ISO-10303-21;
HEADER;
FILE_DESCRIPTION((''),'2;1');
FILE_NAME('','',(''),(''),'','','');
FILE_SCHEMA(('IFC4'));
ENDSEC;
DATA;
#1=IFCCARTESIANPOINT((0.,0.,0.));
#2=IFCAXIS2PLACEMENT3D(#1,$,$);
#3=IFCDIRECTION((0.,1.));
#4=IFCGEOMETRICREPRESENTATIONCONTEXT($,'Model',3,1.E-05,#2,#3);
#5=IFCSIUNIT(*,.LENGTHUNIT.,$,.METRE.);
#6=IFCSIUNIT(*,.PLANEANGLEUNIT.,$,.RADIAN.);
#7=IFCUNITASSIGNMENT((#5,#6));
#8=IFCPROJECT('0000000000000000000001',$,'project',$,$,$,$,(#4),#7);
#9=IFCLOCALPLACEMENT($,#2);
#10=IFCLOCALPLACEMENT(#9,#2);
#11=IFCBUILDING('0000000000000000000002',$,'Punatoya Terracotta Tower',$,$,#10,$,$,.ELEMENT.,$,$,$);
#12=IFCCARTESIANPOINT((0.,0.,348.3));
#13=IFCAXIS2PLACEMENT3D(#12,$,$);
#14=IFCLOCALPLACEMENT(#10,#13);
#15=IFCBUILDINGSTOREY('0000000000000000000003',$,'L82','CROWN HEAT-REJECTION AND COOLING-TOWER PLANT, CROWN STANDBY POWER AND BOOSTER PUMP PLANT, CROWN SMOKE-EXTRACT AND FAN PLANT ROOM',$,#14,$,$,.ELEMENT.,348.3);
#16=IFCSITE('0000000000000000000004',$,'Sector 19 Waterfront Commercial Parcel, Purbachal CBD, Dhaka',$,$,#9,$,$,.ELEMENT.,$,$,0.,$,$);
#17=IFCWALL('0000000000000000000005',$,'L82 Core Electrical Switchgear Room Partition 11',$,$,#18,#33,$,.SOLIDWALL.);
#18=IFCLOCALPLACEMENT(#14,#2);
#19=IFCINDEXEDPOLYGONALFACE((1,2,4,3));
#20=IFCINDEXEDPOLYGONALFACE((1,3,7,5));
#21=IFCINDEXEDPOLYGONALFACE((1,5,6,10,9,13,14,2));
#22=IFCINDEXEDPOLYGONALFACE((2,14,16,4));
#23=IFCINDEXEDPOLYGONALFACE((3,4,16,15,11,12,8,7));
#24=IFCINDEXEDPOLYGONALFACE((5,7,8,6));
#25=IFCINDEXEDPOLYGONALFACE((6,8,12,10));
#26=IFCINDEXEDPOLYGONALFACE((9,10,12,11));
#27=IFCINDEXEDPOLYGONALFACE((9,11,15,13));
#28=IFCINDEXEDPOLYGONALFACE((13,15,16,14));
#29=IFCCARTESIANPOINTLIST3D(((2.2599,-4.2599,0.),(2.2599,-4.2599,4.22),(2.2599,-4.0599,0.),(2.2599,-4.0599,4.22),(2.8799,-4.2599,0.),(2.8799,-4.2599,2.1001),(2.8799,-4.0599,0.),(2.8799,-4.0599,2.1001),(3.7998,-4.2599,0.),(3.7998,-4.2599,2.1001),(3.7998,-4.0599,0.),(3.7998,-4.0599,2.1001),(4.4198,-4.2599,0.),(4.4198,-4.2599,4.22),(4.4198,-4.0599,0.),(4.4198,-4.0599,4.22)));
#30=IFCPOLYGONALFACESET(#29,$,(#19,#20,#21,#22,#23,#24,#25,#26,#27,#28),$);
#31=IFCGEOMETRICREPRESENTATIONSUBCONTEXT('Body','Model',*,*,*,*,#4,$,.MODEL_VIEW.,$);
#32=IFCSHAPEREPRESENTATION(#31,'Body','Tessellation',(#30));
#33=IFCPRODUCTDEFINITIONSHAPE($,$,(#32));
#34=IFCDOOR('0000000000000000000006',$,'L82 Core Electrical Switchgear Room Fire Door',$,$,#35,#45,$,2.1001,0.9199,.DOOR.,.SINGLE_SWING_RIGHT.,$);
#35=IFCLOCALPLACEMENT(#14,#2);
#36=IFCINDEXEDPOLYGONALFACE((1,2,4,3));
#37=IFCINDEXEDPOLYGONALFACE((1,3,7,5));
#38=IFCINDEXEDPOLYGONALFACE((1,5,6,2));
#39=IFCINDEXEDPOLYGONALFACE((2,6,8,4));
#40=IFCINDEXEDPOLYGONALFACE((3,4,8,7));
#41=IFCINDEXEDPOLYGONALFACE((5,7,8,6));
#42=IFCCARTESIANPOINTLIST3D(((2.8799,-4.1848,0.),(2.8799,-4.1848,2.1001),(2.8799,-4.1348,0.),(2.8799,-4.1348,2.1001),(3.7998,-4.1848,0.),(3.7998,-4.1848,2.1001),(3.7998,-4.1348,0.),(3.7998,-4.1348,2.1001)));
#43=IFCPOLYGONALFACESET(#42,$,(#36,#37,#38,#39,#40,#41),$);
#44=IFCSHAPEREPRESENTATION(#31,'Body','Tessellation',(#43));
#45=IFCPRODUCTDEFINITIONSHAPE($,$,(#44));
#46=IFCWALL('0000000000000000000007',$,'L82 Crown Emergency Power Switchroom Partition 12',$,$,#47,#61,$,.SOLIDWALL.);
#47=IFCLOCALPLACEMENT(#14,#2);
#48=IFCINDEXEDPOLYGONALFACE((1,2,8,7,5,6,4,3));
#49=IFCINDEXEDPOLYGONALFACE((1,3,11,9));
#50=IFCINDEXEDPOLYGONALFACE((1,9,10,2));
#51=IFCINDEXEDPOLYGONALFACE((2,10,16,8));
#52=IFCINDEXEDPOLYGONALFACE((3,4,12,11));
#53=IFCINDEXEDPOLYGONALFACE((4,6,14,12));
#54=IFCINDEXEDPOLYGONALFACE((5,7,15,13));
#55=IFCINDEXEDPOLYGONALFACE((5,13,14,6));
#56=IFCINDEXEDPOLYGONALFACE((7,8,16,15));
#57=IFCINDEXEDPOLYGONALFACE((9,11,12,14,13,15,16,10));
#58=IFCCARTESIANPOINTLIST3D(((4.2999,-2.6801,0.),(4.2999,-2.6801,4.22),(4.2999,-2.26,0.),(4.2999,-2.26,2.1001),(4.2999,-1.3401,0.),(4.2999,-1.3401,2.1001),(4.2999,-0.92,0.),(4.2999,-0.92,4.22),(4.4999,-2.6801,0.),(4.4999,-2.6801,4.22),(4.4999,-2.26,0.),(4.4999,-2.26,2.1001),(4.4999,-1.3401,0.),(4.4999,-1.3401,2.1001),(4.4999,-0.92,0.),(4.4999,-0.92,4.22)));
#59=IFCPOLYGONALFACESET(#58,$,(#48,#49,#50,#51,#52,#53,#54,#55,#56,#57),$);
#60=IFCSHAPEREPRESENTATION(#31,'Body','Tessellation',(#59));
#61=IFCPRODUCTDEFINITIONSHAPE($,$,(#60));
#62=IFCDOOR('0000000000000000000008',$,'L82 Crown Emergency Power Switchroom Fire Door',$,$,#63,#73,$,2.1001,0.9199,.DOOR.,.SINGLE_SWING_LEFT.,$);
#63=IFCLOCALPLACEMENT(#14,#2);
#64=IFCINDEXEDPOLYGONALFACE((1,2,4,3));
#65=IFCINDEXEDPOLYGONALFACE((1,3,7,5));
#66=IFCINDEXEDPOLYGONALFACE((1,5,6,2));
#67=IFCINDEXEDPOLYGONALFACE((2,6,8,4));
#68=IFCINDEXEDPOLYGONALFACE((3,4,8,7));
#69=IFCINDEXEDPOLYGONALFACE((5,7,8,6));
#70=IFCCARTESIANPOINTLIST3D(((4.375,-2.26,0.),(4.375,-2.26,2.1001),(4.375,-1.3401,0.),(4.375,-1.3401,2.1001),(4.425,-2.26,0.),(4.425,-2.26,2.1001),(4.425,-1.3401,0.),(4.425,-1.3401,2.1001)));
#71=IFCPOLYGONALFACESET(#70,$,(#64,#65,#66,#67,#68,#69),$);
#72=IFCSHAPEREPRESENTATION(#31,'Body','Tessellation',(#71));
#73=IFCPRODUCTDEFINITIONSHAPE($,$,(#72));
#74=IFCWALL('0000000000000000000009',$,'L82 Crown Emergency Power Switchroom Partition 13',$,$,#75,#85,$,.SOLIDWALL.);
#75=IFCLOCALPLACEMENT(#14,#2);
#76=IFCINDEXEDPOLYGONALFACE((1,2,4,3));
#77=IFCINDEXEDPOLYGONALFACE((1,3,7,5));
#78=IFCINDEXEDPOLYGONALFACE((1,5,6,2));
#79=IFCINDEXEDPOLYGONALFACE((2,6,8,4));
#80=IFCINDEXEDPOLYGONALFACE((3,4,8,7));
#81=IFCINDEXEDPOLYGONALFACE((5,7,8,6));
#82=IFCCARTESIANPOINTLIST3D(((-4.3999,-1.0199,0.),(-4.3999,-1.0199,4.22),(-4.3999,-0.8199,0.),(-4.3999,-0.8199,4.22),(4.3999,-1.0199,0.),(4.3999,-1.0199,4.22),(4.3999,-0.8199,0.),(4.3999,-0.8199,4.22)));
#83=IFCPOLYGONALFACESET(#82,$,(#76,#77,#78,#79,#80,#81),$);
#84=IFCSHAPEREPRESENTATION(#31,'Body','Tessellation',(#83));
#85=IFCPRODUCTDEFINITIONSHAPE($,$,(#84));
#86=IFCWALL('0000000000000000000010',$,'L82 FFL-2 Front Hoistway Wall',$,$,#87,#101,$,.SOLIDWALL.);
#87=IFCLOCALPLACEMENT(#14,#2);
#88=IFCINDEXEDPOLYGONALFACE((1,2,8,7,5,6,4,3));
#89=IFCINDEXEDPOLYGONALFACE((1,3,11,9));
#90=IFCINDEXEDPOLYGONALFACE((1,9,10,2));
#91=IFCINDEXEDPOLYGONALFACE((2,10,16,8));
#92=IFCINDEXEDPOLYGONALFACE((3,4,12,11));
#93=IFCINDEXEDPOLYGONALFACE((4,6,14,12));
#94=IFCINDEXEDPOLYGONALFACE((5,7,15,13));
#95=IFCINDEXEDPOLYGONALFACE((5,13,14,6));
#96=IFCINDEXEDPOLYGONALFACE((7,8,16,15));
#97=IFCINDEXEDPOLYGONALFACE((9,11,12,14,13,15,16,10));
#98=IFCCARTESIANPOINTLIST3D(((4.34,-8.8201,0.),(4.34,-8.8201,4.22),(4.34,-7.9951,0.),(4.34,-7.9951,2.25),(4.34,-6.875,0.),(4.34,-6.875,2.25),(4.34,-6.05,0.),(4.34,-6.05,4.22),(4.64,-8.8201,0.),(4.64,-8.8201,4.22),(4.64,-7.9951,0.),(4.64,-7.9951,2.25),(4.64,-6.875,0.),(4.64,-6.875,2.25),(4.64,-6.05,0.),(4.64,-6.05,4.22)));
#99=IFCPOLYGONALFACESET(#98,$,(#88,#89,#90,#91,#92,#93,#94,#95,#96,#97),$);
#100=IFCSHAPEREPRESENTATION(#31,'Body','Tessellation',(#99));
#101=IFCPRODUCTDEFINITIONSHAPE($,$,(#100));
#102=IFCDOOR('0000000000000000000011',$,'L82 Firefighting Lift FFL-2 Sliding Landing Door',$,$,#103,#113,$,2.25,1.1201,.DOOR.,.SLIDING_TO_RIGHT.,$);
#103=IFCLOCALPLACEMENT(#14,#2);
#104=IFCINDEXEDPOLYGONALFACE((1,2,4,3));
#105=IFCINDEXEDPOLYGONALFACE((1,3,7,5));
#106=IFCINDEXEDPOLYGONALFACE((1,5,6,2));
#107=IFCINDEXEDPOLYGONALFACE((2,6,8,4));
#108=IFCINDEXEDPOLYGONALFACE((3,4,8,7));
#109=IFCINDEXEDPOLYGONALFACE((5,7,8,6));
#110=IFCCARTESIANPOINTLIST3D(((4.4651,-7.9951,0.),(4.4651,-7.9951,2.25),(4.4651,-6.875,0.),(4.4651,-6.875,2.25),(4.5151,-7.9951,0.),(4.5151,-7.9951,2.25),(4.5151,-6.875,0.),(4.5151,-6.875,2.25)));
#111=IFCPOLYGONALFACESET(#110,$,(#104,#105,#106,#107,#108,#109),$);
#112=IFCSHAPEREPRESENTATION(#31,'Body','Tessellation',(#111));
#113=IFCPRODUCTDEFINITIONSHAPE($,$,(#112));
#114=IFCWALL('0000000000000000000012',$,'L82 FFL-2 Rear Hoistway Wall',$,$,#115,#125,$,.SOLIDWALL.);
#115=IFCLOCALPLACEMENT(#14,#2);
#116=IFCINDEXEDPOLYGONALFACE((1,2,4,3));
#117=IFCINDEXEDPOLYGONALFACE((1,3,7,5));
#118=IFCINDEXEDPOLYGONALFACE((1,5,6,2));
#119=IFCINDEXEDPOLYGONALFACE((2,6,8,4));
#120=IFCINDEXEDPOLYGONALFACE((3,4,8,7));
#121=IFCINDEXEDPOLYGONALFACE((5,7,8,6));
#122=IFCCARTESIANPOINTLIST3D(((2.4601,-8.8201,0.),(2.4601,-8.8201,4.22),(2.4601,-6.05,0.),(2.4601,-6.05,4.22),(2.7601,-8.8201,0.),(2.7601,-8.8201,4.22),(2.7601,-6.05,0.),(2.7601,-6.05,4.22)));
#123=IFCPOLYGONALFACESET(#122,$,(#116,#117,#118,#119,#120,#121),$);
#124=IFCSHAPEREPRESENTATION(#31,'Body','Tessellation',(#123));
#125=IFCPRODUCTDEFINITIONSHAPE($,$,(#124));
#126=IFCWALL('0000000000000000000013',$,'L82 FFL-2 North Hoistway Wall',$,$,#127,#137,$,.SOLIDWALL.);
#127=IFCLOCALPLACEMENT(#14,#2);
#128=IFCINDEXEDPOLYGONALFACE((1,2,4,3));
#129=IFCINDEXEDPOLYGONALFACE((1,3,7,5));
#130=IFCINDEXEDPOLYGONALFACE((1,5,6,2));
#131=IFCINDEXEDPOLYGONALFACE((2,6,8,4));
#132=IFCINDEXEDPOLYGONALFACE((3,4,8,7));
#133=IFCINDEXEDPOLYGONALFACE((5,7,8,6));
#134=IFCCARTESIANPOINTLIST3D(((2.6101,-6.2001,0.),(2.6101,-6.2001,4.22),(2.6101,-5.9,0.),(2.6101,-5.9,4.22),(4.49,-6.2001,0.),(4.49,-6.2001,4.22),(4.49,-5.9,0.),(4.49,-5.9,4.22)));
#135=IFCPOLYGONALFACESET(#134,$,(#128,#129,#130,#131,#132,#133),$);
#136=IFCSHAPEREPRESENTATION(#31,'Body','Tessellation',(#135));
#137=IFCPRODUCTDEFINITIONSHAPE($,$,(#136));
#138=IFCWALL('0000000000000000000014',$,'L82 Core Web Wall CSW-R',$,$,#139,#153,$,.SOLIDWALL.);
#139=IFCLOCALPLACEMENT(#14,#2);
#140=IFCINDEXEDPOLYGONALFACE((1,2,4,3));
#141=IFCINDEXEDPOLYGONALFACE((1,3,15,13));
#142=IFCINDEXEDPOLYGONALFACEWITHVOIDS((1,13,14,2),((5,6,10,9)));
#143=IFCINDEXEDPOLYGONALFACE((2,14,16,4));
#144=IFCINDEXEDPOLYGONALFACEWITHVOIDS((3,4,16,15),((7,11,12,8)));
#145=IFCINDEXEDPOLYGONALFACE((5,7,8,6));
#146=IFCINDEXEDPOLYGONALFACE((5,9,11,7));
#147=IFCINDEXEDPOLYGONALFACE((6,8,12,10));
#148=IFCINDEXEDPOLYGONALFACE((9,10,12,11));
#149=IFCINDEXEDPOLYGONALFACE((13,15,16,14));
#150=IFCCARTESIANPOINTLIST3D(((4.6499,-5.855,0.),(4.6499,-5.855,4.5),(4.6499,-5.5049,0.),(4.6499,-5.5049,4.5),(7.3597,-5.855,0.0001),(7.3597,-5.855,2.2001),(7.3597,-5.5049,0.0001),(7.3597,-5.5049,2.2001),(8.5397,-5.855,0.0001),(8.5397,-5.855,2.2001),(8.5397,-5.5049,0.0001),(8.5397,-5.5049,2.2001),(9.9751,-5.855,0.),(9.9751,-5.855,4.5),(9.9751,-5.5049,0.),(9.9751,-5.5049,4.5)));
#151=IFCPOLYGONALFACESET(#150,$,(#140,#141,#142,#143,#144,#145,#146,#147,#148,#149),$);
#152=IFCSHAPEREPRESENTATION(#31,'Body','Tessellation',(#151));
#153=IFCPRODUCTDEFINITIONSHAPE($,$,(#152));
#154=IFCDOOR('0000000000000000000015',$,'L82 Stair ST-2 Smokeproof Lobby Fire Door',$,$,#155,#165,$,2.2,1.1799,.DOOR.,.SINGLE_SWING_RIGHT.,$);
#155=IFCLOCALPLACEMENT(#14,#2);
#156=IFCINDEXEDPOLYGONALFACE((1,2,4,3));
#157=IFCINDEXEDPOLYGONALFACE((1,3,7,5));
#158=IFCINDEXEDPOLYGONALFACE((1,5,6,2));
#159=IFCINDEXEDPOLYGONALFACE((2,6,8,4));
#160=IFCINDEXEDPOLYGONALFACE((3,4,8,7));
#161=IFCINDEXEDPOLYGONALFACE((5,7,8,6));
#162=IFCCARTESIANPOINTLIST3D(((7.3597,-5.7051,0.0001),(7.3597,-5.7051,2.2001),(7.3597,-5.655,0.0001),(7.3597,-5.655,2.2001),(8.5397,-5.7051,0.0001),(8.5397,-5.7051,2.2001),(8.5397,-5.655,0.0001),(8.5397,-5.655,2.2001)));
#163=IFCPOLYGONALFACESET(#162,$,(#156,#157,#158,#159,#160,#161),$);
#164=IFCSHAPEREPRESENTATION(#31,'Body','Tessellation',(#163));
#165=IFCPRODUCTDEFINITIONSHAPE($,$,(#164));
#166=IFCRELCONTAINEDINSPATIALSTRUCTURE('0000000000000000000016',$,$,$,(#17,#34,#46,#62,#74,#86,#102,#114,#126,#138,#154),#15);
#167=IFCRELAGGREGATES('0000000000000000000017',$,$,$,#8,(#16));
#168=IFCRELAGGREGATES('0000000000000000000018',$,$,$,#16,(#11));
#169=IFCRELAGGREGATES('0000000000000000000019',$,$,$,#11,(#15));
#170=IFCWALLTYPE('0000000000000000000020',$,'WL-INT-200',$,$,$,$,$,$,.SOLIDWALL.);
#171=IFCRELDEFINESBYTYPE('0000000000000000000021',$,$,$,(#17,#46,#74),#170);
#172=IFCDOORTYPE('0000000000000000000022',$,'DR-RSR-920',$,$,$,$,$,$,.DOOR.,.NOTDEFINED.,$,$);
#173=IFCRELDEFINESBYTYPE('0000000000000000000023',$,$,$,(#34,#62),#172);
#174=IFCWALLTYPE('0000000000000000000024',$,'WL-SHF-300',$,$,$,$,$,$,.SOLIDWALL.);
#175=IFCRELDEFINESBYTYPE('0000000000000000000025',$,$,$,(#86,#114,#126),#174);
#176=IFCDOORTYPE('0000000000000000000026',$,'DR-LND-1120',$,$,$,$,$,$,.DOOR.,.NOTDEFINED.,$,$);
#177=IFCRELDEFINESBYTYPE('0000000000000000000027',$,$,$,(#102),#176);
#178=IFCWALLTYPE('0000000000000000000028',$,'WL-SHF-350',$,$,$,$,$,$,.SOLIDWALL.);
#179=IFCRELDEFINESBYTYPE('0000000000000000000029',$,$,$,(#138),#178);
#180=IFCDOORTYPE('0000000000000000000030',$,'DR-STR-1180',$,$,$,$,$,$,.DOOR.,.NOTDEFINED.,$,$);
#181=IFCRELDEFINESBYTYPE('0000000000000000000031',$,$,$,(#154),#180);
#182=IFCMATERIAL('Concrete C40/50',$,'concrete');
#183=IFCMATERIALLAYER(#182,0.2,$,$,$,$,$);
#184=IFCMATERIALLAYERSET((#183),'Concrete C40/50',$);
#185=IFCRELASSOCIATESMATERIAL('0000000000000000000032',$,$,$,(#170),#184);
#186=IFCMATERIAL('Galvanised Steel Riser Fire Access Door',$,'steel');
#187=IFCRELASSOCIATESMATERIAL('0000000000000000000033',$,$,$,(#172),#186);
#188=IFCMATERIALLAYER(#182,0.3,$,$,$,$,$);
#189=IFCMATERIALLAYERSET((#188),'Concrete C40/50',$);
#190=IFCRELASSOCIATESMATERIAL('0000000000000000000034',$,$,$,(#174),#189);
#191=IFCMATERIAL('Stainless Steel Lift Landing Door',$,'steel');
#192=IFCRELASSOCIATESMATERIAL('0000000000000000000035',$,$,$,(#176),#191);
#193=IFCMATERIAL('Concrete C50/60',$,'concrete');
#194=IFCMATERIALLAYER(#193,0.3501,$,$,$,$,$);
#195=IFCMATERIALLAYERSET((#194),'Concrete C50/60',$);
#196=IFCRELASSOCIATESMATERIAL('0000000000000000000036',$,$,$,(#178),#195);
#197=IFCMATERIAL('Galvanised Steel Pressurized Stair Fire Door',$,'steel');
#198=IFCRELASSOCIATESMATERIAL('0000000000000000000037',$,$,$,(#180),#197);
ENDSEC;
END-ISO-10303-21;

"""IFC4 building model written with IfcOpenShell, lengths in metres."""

from ifc_helpers import new_model, si_unit, direction, frame, frame_2d, origin, place, context, subcontext, project, spatial, rectangle, extrude, material, layer, layer_set, type_object, element, fill, save


model = new_model("IFC4")

# Units and contexts
model_context = context("Model", 3, precision=1e-05, world=origin(), true_north=direction((0.0, 1.0)))
body_context = subcontext(model_context, "Body", "Model", "MODEL_VIEW")
ifc_project = project(units=[si_unit("LENGTHUNIT", "METRE"), si_unit("PLANEANGLEUNIT", "RADIAN")], contexts=[model_context])

# Site, building, storey
site_placement = place(None, origin())
site = spatial("IfcSite", under=ifc_project, at=site_placement, Name="Sector 19 Waterfront Commercial Parcel, Purbachal CBD, Dhaka", CompositionType="ELEMENT", RefElevation=0.0)
building_placement = place(site_placement, origin())
building = spatial("IfcBuilding", under=site, at=building_placement, Name="Punatoya Terracotta Tower", CompositionType="ELEMENT")
storey_placement = place(building_placement, frame((0.0, 0.0, 348.3)))
storey = spatial("IfcBuildingStorey", under=building, at=storey_placement, Name="L82", Description="CROWN HEAT-REJECTION AND COOLING-TOWER PLANT, CROWN STANDBY POWER AND BOOSTER PUMP PLANT, CROWN SMOKE-EXTRACT AND FAN PLANT ROOM", CompositionType="ELEMENT", Elevation=348.3)

# Shared definitions
ifc_material_1 = material(Name="Concrete C40/50", Category="concrete")

# Shared definitions
ifc_material_2 = material(Name="Concrete C50/60", Category="concrete")

# Shared definitions
ifc_layer_1 = layer(ifc_material_1, 0.2)
ifc_layer_set_1 = layer_set([ifc_layer_1], Name="Concrete C40/50")
wall_type_1 = type_object("IfcWallType", Name="WL-INT-200", PredefinedType="SOLIDWALL", material=ifc_layer_set_1)

# Walls, openings, doors
wall_1_placement = place(storey_placement, frame((4.4199, -4.1599, 0.0), z_axis=(0.0, 0.0, 1.0), x_axis=(-1.0, 0.0, 0.0)))
wall_1 = element("IfcWall", 1, at=wall_1_placement, inside=storey, type_object=wall_type_1, Name="L82 Core Electrical Switchgear Room Partition 11", PredefinedType="SOLIDWALL", context=body_context, shape_type="SweptSolid", body=[
    extrude(rectangle(XDim=2.1599, YDim=0.2, at=frame_2d((1.0801, 0.0))), origin(), (0.0, 0.0, 1.0), 4.22),
])
opening_1_placement = place(wall_1_placement, frame((0.6201, 0.0, 0.0)))
opening_1 = element("IfcOpeningElement", 2, at=opening_1_placement, cuts=wall_1, PredefinedType="OPENING", context=body_context, shape_type="SweptSolid", body=[
    extrude(rectangle(XDim=0.9199, YDim=2.1001, at=frame_2d((0.46, 1.05))), frame((0.0, 0.1099, 0.0), z_axis=(0.0, -1.0, 0.0), x_axis=(1.0, 0.0, 0.0)), (0.0, 0.0, 1.0), 0.22),
])
ifc_material_3 = material(Name="Galvanised Steel Riser Fire Access Door", Category="steel")
door_type_1 = type_object("IfcDoorType", Name="DR-RSR-920", OperationType="NOTDEFINED", PredefinedType="DOOR", material=ifc_material_3)
door_1_placement = place(opening_1_placement, origin())
door_1 = element("IfcDoor", 3, at=door_1_placement, inside=storey, type_object=door_type_1, Name="L82 Core Electrical Switchgear Room Fire Door", OperationType="SINGLE_SWING_RIGHT", OverallHeight=2.1001, OverallWidth=0.9199, PredefinedType="DOOR", context=body_context, shape_type="SweptSolid", body=[
    extrude(rectangle(XDim=0.9199, YDim=2.1001, at=frame_2d((0.46, 1.05))), frame((0.0, 0.0249, 0.0), z_axis=(0.0, -1.0, 0.0), x_axis=(1.0, 0.0, 0.0)), (0.0, 0.0, 1.0), 0.05),
])
fill(opening_1, door_1)
wall_2_placement = place(storey_placement, frame((4.3999, -2.6799, 0.0), z_axis=(0.0, 0.0, 1.0), x_axis=(0.0, 1.0, 0.0)))
wall_2 = element("IfcWall", 4, at=wall_2_placement, inside=storey, type_object=wall_type_1, Name="L82 Crown Emergency Power Switchroom Partition 12", PredefinedType="SOLIDWALL", context=body_context, shape_type="SweptSolid", body=[
    extrude(rectangle(XDim=1.76, YDim=0.2, at=frame_2d((0.8799, 0.0))), origin(), (0.0, 0.0, 1.0), 4.22),
])
opening_2_placement = place(wall_2_placement, frame((0.4199, 0.0, 0.0)))
opening_2 = element("IfcOpeningElement", 5, at=opening_2_placement, cuts=wall_2, PredefinedType="OPENING", context=body_context, shape_type="SweptSolid", body=[
    extrude(rectangle(XDim=0.9199, YDim=2.1001, at=frame_2d((0.46, 1.05))), frame((0.0, 0.1099, 0.0), z_axis=(0.0, -1.0, 0.0), x_axis=(1.0, 0.0, 0.0)), (0.0, 0.0, 1.0), 0.22),
])
door_2_placement = place(opening_2_placement, origin())
door_2 = element("IfcDoor", 6, at=door_2_placement, inside=storey, type_object=door_type_1, Name="L82 Crown Emergency Power Switchroom Fire Door", OperationType="SINGLE_SWING_LEFT", OverallHeight=2.1001, OverallWidth=0.9199, PredefinedType="DOOR", context=body_context, shape_type="SweptSolid", body=[
    extrude(rectangle(XDim=0.9199, YDim=2.1001, at=frame_2d((0.46, 1.05))), frame((0.0, 0.0249, 0.0), z_axis=(0.0, -1.0, 0.0), x_axis=(1.0, 0.0, 0.0)), (0.0, 0.0, 1.0), 0.05),
])
fill(opening_2, door_2)

# Wall
wall_3_placement = place(storey_placement, frame((4.3999, -0.9199, 0.0), z_axis=(0.0, 0.0, 1.0), x_axis=(-1.0, 0.0, 0.0)))
element("IfcWall", 7, at=wall_3_placement, inside=storey, type_object=wall_type_1, Name="L82 Crown Emergency Power Switchroom Partition 13", PredefinedType="SOLIDWALL", context=body_context, shape_type="SweptSolid", body=[
    extrude(rectangle(XDim=8.7998, YDim=0.2, at=frame_2d((4.3999, 0.0))), origin(), (0.0, 0.0, 1.0), 4.22),
])

# Wall, opening, door
ifc_layer_2 = layer(ifc_material_1, 0.3)
ifc_layer_set_2 = layer_set([ifc_layer_2], Name="Concrete C40/50")
wall_type_2 = type_object("IfcWallType", Name="WL-SHF-300", PredefinedType="SOLIDWALL", material=ifc_layer_set_2)
wall_4_placement = place(storey_placement, frame((4.49, -8.8201, 0.0), z_axis=(0.0, 0.0, 1.0), x_axis=(0.0, 1.0, 0.0)))
wall_4 = element("IfcWall", 8, at=wall_4_placement, inside=storey, type_object=wall_type_2, Name="L82 FFL-2 Front Hoistway Wall", PredefinedType="SOLIDWALL", context=body_context, shape_type="SweptSolid", body=[
    extrude(rectangle(XDim=2.77, YDim=0.3, at=frame_2d((1.385, 0.0))), origin(), (0.0, 0.0, 1.0), 4.22),
])
opening_3_placement = place(wall_4_placement, frame((0.825, 0.0, 0.0)))
opening_3 = element("IfcOpeningElement", 9, at=opening_3_placement, cuts=wall_4, PredefinedType="OPENING", context=body_context, shape_type="SweptSolid", body=[
    extrude(rectangle(XDim=1.1201, YDim=2.25, at=frame_2d((0.5601, 1.125))), frame((0.0, 0.1599, 0.0), z_axis=(0.0, -1.0, 0.0), x_axis=(1.0, 0.0, 0.0)), (0.0, 0.0, 1.0), 0.3201),
])
ifc_material_4 = material(Name="Stainless Steel Lift Landing Door", Category="steel")
door_type_2 = type_object("IfcDoorType", Name="DR-LND-1120", OperationType="NOTDEFINED", PredefinedType="DOOR", material=ifc_material_4)
door_3_placement = place(opening_3_placement, origin())
door_3 = element("IfcDoor", 10, at=door_3_placement, inside=storey, type_object=door_type_2, Name="L82 Firefighting Lift FFL-2 Sliding Landing Door", OperationType="SLIDING_TO_RIGHT", OverallHeight=2.25, OverallWidth=1.1201, PredefinedType="DOOR", context=body_context, shape_type="SweptSolid", body=[
    extrude(rectangle(XDim=1.1201, YDim=2.25, at=frame_2d((0.5601, 1.125))), frame((0.0, 0.0249, 0.0), z_axis=(0.0, -1.0, 0.0), x_axis=(1.0, 0.0, 0.0)), (0.0, 0.0, 1.0), 0.05),
])
fill(opening_3, door_3)

# Walls
wall_5_placement = place(storey_placement, frame((2.6101, -8.8201, 0.0), z_axis=(0.0, 0.0, 1.0), x_axis=(0.0, 1.0, 0.0)))
element("IfcWall", 11, at=wall_5_placement, inside=storey, type_object=wall_type_2, Name="L82 FFL-2 Rear Hoistway Wall", PredefinedType="SOLIDWALL", context=body_context, shape_type="SweptSolid", body=[
    extrude(rectangle(XDim=2.77, YDim=0.3, at=frame_2d((1.385, 0.0))), origin(), (0.0, 0.0, 1.0), 4.22),
])
wall_6_placement = place(storey_placement, frame((2.6101, -6.05, 0.0), z_axis=(0.0, 0.0, 1.0), x_axis=(1.0, 0.0, 0.0)))
element("IfcWall", 12, at=wall_6_placement, inside=storey, type_object=wall_type_2, Name="L82 FFL-2 North Hoistway Wall", PredefinedType="SOLIDWALL", context=body_context, shape_type="SweptSolid", body=[
    extrude(rectangle(XDim=1.8799, YDim=0.3, at=frame_2d((0.9399, 0.0))), origin(), (0.0, 0.0, 1.0), 4.22),
])

# Wall, opening, door
ifc_layer_3 = layer(ifc_material_2, 0.3501)
ifc_layer_set_3 = layer_set([ifc_layer_3], Name="Concrete C50/60")
wall_type_3 = type_object("IfcWallType", Name="WL-SHF-350", PredefinedType="SOLIDWALL", material=ifc_layer_set_3)
wall_7_placement = place(storey_placement, frame((4.6499, -5.6799, 0.0), z_axis=(0.0, 0.0, 1.0), x_axis=(1.0, 0.0, 0.0)))
wall_7 = element("IfcWall", 13, at=wall_7_placement, inside=storey, type_object=wall_type_3, Name="L82 Core Web Wall CSW-R", PredefinedType="SOLIDWALL", context=body_context, shape_type="SweptSolid", body=[
    extrude(rectangle(XDim=5.3252, YDim=0.3501, at=frame_2d((2.6626, 0.0))), origin(), (0.0, 0.0, 1.0), 4.5),
])
opening_4_placement = place(wall_7_placement, frame((2.71, 0.0, 0.0)))
opening_4 = element("IfcOpeningElement", 14, at=opening_4_placement, cuts=wall_7, PredefinedType="OPENING", context=body_context, shape_type="SweptSolid", body=[
    extrude(rectangle(XDim=1.1799, YDim=2.2, at=frame_2d((0.5898, 1.1001))), frame((0.0, 0.1851, 0.0), z_axis=(0.0, -1.0, 0.0), x_axis=(1.0, 0.0, 0.0)), (0.0, 0.0, 1.0), 0.3701),
])
ifc_material_5 = material(Name="Galvanised Steel Pressurized Stair Fire Door", Category="steel")
door_type_3 = type_object("IfcDoorType", Name="DR-STR-1180", OperationType="NOTDEFINED", PredefinedType="DOOR", material=ifc_material_5)
door_4_placement = place(opening_4_placement, origin())
door_4 = element("IfcDoor", 15, at=door_4_placement, inside=storey, type_object=door_type_3, Name="L82 Stair ST-2 Smokeproof Lobby Fire Door", OperationType="SINGLE_SWING_RIGHT", OverallHeight=2.2, OverallWidth=1.1799, PredefinedType="DOOR", context=body_context, shape_type="SweptSolid", body=[
    extrude(rectangle(XDim=1.1799, YDim=2.2, at=frame_2d((0.5898, 1.1001))), frame((0.0, 0.0249, 0.0), z_axis=(0.0, -1.0, 0.0), x_axis=(1.0, 0.0, 0.0)), (0.0, 0.0, 1.0), 0.05),
])
fill(opening_4, door_4)

save(model, "model.ifc")
